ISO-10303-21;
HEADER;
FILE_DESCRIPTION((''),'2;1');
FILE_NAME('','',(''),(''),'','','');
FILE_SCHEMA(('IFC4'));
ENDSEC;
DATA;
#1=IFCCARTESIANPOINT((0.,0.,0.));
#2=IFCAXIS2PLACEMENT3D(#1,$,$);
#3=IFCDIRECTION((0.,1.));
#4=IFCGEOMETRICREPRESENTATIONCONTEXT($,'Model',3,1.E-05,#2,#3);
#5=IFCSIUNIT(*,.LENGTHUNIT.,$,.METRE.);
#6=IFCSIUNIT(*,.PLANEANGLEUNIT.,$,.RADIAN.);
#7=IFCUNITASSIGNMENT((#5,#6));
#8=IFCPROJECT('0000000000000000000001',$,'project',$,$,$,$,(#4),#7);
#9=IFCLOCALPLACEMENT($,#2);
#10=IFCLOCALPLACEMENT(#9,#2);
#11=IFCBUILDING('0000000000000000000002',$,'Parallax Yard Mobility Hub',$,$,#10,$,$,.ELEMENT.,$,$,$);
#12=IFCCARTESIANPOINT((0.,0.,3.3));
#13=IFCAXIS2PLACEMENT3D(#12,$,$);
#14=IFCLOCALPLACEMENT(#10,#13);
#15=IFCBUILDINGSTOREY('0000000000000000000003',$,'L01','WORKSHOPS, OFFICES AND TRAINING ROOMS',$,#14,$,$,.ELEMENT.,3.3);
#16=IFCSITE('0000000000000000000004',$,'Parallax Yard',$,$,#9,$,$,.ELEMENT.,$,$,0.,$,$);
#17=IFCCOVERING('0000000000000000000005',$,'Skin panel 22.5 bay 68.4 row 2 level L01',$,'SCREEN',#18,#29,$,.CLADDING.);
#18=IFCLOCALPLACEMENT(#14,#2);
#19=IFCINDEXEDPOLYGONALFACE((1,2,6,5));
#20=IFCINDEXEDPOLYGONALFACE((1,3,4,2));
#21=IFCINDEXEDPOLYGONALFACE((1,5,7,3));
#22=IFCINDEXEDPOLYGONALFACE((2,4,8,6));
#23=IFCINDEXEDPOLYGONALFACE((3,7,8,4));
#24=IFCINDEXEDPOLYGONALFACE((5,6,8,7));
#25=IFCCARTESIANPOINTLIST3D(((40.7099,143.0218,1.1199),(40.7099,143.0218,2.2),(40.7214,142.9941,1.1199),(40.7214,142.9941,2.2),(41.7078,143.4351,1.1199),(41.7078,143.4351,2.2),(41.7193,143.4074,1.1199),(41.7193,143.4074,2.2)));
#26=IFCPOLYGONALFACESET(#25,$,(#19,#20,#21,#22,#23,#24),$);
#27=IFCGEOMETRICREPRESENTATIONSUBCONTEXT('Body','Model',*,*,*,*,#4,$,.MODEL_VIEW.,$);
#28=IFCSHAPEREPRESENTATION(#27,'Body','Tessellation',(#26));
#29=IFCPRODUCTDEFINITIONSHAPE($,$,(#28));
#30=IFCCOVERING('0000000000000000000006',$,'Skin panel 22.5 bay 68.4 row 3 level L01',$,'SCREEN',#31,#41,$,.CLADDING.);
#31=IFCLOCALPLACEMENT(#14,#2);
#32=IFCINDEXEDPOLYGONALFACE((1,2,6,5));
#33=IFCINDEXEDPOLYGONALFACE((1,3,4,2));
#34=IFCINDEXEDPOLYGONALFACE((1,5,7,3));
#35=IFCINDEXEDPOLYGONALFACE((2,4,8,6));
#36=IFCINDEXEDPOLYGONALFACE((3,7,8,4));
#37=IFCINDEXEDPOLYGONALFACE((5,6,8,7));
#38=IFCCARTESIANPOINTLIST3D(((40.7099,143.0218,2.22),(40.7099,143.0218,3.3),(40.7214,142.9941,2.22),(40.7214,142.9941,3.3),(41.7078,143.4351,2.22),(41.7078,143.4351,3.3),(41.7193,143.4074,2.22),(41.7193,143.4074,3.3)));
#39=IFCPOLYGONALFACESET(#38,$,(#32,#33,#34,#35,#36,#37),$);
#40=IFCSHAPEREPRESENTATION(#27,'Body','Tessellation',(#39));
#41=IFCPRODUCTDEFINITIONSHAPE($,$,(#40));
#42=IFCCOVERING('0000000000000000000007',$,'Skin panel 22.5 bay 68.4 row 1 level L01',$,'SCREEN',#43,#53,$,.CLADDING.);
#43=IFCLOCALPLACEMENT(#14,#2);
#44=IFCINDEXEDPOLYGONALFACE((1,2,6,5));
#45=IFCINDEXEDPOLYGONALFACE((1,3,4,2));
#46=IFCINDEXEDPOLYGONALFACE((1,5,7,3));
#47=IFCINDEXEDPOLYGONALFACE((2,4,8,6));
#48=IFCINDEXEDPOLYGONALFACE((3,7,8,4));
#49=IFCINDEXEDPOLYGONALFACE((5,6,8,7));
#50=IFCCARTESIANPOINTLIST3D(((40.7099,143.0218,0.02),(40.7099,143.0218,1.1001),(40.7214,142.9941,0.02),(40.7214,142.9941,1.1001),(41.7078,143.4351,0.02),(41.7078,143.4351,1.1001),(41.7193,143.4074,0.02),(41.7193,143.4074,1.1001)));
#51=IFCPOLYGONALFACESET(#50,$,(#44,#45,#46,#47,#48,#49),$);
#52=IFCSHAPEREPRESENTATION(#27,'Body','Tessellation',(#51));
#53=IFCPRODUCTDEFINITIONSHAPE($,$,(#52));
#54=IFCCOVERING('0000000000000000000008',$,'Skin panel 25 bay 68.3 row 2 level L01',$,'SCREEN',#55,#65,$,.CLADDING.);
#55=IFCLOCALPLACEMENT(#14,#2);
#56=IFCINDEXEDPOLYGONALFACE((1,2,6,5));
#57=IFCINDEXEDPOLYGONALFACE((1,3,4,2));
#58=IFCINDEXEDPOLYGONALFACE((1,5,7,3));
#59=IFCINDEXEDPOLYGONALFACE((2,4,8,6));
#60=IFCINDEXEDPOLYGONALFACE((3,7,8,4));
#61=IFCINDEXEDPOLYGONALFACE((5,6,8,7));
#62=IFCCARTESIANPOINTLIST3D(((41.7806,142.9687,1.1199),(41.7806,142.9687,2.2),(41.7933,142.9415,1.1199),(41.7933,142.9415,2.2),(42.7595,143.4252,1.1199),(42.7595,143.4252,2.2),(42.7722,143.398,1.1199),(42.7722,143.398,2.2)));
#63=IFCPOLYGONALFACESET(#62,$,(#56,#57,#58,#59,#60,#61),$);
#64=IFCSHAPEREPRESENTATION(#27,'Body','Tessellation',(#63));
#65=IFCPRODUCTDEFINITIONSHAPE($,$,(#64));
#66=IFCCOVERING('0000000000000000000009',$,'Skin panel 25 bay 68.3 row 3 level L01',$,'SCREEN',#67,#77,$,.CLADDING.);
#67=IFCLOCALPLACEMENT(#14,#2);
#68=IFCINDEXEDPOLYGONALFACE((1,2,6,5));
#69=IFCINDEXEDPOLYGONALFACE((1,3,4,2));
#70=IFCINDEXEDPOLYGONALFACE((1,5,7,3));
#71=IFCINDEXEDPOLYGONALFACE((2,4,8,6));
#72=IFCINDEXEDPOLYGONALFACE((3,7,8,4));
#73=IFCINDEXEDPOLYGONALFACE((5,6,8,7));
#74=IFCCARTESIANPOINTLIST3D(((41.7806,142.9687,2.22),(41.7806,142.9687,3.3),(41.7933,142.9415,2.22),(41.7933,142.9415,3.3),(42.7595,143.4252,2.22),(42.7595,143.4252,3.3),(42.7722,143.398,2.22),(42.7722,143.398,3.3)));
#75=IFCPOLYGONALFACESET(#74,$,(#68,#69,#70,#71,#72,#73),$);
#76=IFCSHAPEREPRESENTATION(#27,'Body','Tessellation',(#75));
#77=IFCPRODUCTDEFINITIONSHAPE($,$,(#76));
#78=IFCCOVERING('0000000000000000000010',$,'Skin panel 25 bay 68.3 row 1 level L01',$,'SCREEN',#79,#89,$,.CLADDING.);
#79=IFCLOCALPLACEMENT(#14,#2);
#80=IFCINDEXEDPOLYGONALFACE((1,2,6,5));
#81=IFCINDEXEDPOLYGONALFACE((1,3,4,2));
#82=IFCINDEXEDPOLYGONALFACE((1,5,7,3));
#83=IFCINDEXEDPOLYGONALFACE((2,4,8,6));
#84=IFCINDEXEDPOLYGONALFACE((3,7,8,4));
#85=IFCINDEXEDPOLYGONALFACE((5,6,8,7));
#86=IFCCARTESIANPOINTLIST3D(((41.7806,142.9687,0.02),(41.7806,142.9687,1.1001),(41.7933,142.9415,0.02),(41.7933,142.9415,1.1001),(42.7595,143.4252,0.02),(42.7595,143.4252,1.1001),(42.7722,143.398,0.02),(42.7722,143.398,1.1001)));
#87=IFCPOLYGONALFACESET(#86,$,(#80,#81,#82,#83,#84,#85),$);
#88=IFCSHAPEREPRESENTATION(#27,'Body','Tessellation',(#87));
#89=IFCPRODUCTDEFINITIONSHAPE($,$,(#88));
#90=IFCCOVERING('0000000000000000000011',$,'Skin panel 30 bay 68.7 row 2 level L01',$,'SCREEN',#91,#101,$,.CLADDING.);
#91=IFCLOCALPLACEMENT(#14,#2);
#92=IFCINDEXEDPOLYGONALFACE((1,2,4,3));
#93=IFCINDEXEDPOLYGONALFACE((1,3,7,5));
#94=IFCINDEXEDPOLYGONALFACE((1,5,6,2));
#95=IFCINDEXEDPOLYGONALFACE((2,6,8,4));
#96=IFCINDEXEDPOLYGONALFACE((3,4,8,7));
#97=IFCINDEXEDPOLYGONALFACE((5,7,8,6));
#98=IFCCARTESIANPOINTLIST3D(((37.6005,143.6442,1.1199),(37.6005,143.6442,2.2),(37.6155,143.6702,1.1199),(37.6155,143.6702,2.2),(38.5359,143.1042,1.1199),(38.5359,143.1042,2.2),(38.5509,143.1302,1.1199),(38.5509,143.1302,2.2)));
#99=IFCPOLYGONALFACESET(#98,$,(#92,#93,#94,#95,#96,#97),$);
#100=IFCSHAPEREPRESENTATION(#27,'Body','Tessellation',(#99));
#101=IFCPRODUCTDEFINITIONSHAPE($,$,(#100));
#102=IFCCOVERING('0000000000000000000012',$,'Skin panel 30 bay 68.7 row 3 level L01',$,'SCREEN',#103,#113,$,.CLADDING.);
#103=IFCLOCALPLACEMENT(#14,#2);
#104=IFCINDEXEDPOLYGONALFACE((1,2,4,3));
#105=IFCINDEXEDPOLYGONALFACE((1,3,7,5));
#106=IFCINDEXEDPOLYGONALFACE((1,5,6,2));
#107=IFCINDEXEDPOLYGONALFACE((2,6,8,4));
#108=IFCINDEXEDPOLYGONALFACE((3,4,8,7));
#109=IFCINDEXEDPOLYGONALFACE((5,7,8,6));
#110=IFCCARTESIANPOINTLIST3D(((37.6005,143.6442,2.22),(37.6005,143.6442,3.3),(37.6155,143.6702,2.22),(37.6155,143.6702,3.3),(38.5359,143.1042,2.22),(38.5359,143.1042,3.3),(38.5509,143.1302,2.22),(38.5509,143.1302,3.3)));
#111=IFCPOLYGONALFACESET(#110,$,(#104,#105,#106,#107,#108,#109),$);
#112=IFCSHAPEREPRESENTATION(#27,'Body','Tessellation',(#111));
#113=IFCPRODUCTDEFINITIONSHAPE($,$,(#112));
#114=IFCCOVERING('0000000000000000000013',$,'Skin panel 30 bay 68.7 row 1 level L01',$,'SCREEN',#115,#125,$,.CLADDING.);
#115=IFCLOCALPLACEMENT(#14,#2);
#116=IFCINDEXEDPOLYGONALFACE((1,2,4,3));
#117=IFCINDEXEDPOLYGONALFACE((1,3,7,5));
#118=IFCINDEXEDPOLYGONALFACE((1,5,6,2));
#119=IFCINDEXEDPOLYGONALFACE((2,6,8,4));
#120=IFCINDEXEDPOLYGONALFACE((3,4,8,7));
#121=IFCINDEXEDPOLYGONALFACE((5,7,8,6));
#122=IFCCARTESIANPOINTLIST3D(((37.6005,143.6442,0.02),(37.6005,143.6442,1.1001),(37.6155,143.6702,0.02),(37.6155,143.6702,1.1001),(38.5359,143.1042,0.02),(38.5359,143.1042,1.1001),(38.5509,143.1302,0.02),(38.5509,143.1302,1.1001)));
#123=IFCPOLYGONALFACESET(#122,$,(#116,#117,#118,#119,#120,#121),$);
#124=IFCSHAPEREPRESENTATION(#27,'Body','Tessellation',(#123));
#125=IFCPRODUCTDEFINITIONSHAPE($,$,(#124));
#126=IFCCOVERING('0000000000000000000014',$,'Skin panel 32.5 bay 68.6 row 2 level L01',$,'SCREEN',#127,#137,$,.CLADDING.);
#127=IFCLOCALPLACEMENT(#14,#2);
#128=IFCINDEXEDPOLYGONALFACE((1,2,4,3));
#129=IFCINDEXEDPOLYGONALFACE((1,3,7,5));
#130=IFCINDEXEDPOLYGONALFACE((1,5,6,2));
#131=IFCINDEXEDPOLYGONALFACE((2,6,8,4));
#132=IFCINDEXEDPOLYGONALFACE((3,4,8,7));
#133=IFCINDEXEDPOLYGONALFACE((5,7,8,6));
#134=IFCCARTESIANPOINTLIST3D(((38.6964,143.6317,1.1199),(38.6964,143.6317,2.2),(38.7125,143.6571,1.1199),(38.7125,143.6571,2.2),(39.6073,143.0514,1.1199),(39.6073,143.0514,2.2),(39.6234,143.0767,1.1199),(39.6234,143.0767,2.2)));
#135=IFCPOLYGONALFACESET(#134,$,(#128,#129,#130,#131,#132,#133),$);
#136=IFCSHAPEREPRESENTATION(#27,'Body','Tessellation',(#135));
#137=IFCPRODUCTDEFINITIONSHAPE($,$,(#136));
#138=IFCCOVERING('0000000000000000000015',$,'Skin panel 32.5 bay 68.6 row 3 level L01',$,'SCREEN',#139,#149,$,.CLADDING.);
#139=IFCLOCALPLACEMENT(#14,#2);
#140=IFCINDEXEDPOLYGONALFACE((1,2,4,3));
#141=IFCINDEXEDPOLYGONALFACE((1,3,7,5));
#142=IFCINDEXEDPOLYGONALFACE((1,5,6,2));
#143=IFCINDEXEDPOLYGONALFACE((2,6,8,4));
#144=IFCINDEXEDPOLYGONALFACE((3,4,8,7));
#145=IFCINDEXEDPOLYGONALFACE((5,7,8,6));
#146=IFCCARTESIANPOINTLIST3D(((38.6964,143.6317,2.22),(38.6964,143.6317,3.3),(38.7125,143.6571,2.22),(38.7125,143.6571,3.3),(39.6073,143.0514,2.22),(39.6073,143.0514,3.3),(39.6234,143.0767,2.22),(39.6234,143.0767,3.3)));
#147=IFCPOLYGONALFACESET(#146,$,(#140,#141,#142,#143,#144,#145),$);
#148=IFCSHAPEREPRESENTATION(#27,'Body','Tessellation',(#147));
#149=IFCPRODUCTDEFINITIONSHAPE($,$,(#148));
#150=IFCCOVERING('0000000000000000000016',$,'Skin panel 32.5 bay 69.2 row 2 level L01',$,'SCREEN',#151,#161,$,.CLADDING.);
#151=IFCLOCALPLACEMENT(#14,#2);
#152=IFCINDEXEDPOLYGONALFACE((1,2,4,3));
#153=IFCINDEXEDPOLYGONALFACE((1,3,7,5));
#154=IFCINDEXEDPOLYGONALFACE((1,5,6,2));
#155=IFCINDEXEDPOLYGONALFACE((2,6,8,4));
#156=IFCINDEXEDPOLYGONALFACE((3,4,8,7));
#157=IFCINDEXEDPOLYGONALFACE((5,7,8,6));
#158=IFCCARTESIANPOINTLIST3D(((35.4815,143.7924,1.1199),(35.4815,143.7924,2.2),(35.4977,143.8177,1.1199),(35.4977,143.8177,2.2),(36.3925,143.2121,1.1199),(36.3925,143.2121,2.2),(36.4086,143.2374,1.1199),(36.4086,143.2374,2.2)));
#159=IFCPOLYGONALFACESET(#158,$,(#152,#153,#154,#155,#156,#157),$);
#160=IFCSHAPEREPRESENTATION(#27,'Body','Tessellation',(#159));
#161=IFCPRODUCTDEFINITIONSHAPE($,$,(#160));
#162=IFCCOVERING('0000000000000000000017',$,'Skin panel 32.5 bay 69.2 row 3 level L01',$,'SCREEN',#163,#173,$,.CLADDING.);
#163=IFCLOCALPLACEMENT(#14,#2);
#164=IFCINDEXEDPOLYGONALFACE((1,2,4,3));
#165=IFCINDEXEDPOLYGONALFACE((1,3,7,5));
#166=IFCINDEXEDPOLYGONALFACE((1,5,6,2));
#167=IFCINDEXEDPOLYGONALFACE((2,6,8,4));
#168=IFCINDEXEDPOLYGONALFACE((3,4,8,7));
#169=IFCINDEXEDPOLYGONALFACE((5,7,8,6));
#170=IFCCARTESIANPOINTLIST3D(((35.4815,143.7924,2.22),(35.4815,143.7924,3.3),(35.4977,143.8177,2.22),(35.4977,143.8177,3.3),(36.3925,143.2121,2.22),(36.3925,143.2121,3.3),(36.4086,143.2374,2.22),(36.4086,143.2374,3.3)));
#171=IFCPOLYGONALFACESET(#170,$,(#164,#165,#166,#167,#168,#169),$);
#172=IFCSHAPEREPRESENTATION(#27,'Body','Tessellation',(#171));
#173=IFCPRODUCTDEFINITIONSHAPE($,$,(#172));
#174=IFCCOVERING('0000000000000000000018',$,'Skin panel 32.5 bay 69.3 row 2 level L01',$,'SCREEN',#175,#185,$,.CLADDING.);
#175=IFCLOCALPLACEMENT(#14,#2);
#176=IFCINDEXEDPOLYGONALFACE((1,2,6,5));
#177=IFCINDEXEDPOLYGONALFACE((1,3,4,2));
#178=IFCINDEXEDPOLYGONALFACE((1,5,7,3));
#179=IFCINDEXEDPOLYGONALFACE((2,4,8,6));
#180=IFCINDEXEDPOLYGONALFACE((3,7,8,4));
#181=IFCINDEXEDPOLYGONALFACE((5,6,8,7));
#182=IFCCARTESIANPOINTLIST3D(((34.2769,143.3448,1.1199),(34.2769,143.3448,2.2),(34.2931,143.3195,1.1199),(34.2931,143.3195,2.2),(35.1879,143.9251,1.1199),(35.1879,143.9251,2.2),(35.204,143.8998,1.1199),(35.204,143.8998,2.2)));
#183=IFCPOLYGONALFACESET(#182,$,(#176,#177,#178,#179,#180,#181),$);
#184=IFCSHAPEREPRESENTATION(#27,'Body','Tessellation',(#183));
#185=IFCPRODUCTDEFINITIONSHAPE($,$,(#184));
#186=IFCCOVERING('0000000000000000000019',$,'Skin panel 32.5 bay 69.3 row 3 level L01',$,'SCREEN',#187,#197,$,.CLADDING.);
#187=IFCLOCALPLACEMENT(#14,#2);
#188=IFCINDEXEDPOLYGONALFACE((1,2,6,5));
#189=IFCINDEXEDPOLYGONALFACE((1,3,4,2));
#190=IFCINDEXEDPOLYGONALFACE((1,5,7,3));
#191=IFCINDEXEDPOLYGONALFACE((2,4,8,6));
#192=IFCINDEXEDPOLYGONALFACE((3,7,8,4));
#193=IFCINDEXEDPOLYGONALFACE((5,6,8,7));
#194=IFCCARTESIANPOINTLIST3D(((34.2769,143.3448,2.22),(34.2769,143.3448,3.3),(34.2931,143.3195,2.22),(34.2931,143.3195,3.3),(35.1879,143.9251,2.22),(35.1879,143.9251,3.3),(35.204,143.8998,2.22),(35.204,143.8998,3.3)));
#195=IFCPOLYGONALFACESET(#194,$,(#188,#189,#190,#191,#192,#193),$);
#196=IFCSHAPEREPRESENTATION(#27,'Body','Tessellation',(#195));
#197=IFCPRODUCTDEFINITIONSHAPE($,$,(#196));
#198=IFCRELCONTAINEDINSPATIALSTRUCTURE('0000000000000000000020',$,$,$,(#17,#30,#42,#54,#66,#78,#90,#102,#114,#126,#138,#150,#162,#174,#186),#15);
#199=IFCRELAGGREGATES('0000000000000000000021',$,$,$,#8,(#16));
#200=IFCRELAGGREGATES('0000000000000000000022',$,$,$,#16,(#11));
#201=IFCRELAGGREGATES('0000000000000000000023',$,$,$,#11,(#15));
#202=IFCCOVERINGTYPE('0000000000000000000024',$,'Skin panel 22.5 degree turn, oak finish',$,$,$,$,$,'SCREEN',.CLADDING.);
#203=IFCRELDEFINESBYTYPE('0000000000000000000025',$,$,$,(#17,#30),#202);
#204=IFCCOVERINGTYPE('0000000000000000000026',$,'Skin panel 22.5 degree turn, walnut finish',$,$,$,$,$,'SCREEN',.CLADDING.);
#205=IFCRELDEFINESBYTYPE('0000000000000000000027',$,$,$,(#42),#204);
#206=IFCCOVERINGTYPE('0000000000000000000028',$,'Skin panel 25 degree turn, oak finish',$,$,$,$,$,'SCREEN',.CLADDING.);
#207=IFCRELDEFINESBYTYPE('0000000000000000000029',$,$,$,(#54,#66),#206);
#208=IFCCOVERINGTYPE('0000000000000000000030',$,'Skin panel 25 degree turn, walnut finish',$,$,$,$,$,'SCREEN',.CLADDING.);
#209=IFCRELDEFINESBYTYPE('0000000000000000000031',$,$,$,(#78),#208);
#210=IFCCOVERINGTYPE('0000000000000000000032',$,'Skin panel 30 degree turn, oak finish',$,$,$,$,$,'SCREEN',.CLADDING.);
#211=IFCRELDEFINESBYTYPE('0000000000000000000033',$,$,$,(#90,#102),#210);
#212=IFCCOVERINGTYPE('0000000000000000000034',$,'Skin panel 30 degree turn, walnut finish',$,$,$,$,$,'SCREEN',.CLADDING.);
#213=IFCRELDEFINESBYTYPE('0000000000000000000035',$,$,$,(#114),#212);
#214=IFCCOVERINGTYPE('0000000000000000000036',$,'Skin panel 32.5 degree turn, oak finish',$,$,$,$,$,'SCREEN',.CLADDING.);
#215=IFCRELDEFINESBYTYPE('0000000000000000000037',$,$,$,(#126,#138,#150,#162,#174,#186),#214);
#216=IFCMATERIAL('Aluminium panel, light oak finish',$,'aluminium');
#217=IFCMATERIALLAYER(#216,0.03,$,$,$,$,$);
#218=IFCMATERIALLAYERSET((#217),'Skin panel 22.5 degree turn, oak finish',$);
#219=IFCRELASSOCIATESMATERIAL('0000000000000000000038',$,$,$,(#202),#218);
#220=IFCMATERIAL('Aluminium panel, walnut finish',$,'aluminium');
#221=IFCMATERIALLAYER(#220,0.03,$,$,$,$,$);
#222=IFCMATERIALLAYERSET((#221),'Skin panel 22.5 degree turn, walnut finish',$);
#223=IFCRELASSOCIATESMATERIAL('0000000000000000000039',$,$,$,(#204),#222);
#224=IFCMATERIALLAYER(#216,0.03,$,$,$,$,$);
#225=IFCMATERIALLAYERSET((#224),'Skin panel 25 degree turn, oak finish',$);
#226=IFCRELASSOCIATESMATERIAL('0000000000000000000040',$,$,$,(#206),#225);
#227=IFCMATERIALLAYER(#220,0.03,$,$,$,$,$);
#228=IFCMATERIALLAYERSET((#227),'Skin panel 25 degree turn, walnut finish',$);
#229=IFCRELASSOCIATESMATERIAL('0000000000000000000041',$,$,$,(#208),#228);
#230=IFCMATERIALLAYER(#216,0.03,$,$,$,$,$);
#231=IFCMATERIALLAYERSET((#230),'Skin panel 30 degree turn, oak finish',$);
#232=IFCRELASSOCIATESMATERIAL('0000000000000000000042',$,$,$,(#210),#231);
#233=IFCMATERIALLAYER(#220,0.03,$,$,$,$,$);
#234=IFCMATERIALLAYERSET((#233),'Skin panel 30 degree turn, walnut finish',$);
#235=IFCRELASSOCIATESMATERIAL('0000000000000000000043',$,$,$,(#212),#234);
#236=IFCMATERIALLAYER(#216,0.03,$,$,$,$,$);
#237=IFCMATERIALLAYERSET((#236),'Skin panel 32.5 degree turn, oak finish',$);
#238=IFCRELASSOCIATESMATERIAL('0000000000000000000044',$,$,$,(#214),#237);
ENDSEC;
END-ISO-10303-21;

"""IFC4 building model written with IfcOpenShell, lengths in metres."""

from ifc_helpers import new_model, si_unit, direction, frame, origin, origin_2d, place, context, subcontext, project, spatial, rectangle, extrude, material, layer, layer_set, type_object, element, save


model = new_model("IFC4")

# Units and contexts
model_context = context("Model", 3, precision=1e-05, world=origin(), true_north=direction((0.0, 1.0)))
body_context = subcontext(model_context, "Body", "Model", "MODEL_VIEW")
ifc_project = project(units=[si_unit("LENGTHUNIT", "METRE"), si_unit("PLANEANGLEUNIT", "RADIAN")], contexts=[model_context])

# Site, building, storey
site_placement = place(None, origin())
site = spatial("IfcSite", under=ifc_project, at=site_placement, Name="Parallax Yard", CompositionType="ELEMENT", RefElevation=0.0)
building_placement = place(site_placement, origin())
building = spatial("IfcBuilding", under=site, at=building_placement, Name="Parallax Yard Mobility Hub", CompositionType="ELEMENT")
storey_placement = place(building_placement, frame((0.0, 0.0, 3.3)))
storey = spatial("IfcBuildingStorey", under=building, at=storey_placement, Name="L01", Description="WORKSHOPS, OFFICES AND TRAINING ROOMS", CompositionType="ELEMENT", Elevation=3.3)

# Coverings
ifc_material_1 = material(Name="Aluminium panel, light oak finish", Category="aluminium")
ifc_layer_1 = layer(ifc_material_1, 0.03)
ifc_layer_set_1 = layer_set([ifc_layer_1], Name="Skin panel 22.5 degree turn, oak finish")
covering_type_1 = type_object("IfcCoveringType", Name="Skin panel 22.5 degree turn, oak finish", ElementType="SCREEN", PredefinedType="CLADDING", material=ifc_layer_set_1)
for number, where, z_axis, x_axis, name in (
    (1, (41.2146, 143.2146, 1.1199), (0.0, 0.0, 1.0), (0.92388, 0.382683, 0.0), "Skin panel 22.5 bay 68.4 row 2 level L01"),
    (2, (41.2146, 143.2146, 2.22), (0.0, 0.0, 1.0), (0.92388, 0.382683, 0.0), "Skin panel 22.5 bay 68.4 row 3 level L01"),
):
    element("IfcCovering", number, at=place(storey_placement, frame(where, z_axis=z_axis, x_axis=x_axis)), inside=storey, type_object=covering_type_1, Name=name, ObjectType="SCREEN", PredefinedType="CLADDING", context=body_context, shape_type="SweptSolid", body=[
        extrude(rectangle(XDim=1.0801, YDim=0.03, at=origin_2d()), origin(), (0.0, 0.0, 1.0), 1.0801),
    ])
ifc_material_2 = material(Name="Aluminium panel, walnut finish", Category="aluminium")
ifc_layer_2 = layer(ifc_material_2, 0.03)
ifc_layer_set_2 = layer_set([ifc_layer_2], Name="Skin panel 22.5 degree turn, walnut finish")
covering_type_2 = type_object("IfcCoveringType", Name="Skin panel 22.5 degree turn, walnut finish", ElementType="SCREEN", PredefinedType="CLADDING", material=ifc_layer_set_2)
covering_1_placement = place(storey_placement, frame((41.2146, 143.2146, 0.02), z_axis=(0.0, 0.0, 1.0), x_axis=(0.92388, 0.382683, 0.0)))
element("IfcCovering", 3, at=covering_1_placement, inside=storey, type_object=covering_type_2, Name="Skin panel 22.5 bay 68.4 row 1 level L01", ObjectType="SCREEN", PredefinedType="CLADDING", context=body_context, shape_type="SweptSolid", body=[
    extrude(rectangle(XDim=1.0801, YDim=0.03, at=origin_2d()), origin(), (0.0, 0.0, 1.0), 1.0801),
])
ifc_layer_3 = layer(ifc_material_1, 0.03)
ifc_layer_set_3 = layer_set([ifc_layer_3], Name="Skin panel 25 degree turn, oak finish")
covering_type_3 = type_object("IfcCoveringType", Name="Skin panel 25 degree turn, oak finish", ElementType="SCREEN", PredefinedType="CLADDING", material=ifc_layer_set_3)
for number, where, z_axis, x_axis, name in (
    (4, (42.2764, 143.1833, 1.1199), (0.0, 0.0, 1.0), (0.906308, 0.422618, 0.0), "Skin panel 25 bay 68.3 row 2 level L01"),
    (5, (42.2764, 143.1833, 2.22), (0.0, 0.0, 1.0), (0.906308, 0.422618, 0.0), "Skin panel 25 bay 68.3 row 3 level L01"),
):
    element("IfcCovering", number, at=place(storey_placement, frame(where, z_axis=z_axis, x_axis=x_axis)), inside=storey, type_object=covering_type_3, Name=name, ObjectType="SCREEN", PredefinedType="CLADDING", context=body_context, shape_type="SweptSolid", body=[
        extrude(rectangle(XDim=1.0801, YDim=0.03, at=origin_2d()), origin(), (0.0, 0.0, 1.0), 1.0801),
    ])
ifc_layer_4 = layer(ifc_material_2, 0.03)
ifc_layer_set_4 = layer_set([ifc_layer_4], Name="Skin panel 25 degree turn, walnut finish")
covering_type_4 = type_object("IfcCoveringType", Name="Skin panel 25 degree turn, walnut finish", ElementType="SCREEN", PredefinedType="CLADDING", material=ifc_layer_set_4)
covering_2_placement = place(storey_placement, frame((42.2764, 143.1833, 0.02), z_axis=(0.0, 0.0, 1.0), x_axis=(0.906308, 0.422618, 0.0)))
element("IfcCovering", 6, at=covering_2_placement, inside=storey, type_object=covering_type_4, Name="Skin panel 25 bay 68.3 row 1 level L01", ObjectType="SCREEN", PredefinedType="CLADDING", context=body_context, shape_type="SweptSolid", body=[
    extrude(rectangle(XDim=1.0801, YDim=0.03, at=origin_2d()), origin(), (0.0, 0.0, 1.0), 1.0801),
])
ifc_layer_5 = layer(ifc_material_1, 0.03)
ifc_layer_set_5 = layer_set([ifc_layer_5], Name="Skin panel 30 degree turn, oak finish")
covering_type_5 = type_object("IfcCoveringType", Name="Skin panel 30 degree turn, oak finish", ElementType="SCREEN", PredefinedType="CLADDING", material=ifc_layer_set_5)
for number, where, z_axis, x_axis, name in (
    (7, (38.0757, 143.3872, 1.1199), (0.0, 0.0, 1.0), (-0.866025, 0.5, 0.0), "Skin panel 30 bay 68.7 row 2 level L01"),
    (8, (38.0757, 143.3872, 2.22), (0.0, 0.0, 1.0), (-0.866025, 0.5, 0.0), "Skin panel 30 bay 68.7 row 3 level L01"),
):
    element("IfcCovering", number, at=place(storey_placement, frame(where, z_axis=z_axis, x_axis=x_axis)), inside=storey, type_object=covering_type_5, Name=name, ObjectType="SCREEN", PredefinedType="CLADDING", context=body_context, shape_type="SweptSolid", body=[
        extrude(rectangle(XDim=1.0801, YDim=0.03, at=origin_2d()), origin(), (0.0, 0.0, 1.0), 1.0801),
    ])
ifc_layer_6 = layer(ifc_material_2, 0.03)
ifc_layer_set_6 = layer_set([ifc_layer_6], Name="Skin panel 30 degree turn, walnut finish")
covering_type_6 = type_object("IfcCoveringType", Name="Skin panel 30 degree turn, walnut finish", ElementType="SCREEN", PredefinedType="CLADDING", material=ifc_layer_set_6)
covering_3_placement = place(storey_placement, frame((38.0757, 143.3872, 0.02), z_axis=(0.0, 0.0, 1.0), x_axis=(-0.866025, 0.5, 0.0)))
element("IfcCovering", 9, at=covering_3_placement, inside=storey, type_object=covering_type_6, Name="Skin panel 30 bay 68.7 row 1 level L01", ObjectType="SCREEN", PredefinedType="CLADDING", context=body_context, shape_type="SweptSolid", body=[
    extrude(rectangle(XDim=1.0801, YDim=0.03, at=origin_2d()), origin(), (0.0, 0.0, 1.0), 1.0801),
])
ifc_layer_7 = layer(ifc_material_1, 0.03)
ifc_layer_set_7 = layer_set([ifc_layer_7], Name="Skin panel 32.5 degree turn, oak finish")
covering_type_7 = type_object("IfcCoveringType", Name="Skin panel 32.5 degree turn, oak finish", ElementType="SCREEN", PredefinedType="CLADDING", material=ifc_layer_set_7)
for number, where, z_axis, x_axis, name in (
    (10, (39.1599, 143.3542, 1.1199), (0.0, 0.0, 1.0), (-0.843391, 0.5373, 0.0), "Skin panel 32.5 bay 68.6 row 2 level L01"),
    (11, (39.1599, 143.3542, 2.22), (0.0, 0.0, 1.0), (-0.843391, 0.5373, 0.0), "Skin panel 32.5 bay 68.6 row 3 level L01"),
    (12, (35.9451, 143.5149, 1.1199), (0.0, 0.0, 1.0), (-0.843391, 0.5373, 0.0), "Skin panel 32.5 bay 69.2 row 2 level L01"),
    (13, (35.9451, 143.5149, 2.22), (0.0, 0.0, 1.0), (-0.843391, 0.5373, 0.0), "Skin panel 32.5 bay 69.2 row 3 level L01"),
    (14, (34.7405, 143.6223, 1.1199), (0.0, 0.0, 1.0), (0.843391, 0.5373, 0.0), "Skin panel 32.5 bay 69.3 row 2 level L01"),
    (15, (34.7405, 143.6223, 2.22), (0.0, 0.0, 1.0), (0.843391, 0.5373, 0.0), "Skin panel 32.5 bay 69.3 row 3 level L01"),
):
    element("IfcCovering", number, at=place(storey_placement, frame(where, z_axis=z_axis, x_axis=x_axis)), inside=storey, type_object=covering_type_7, Name=name, ObjectType="SCREEN", PredefinedType="CLADDING", context=body_context, shape_type="SweptSolid", body=[
        extrude(rectangle(XDim=1.0801, YDim=0.03, at=origin_2d()), origin(), (0.0, 0.0, 1.0), 1.0801),
    ])

save(model, "model.ifc")
